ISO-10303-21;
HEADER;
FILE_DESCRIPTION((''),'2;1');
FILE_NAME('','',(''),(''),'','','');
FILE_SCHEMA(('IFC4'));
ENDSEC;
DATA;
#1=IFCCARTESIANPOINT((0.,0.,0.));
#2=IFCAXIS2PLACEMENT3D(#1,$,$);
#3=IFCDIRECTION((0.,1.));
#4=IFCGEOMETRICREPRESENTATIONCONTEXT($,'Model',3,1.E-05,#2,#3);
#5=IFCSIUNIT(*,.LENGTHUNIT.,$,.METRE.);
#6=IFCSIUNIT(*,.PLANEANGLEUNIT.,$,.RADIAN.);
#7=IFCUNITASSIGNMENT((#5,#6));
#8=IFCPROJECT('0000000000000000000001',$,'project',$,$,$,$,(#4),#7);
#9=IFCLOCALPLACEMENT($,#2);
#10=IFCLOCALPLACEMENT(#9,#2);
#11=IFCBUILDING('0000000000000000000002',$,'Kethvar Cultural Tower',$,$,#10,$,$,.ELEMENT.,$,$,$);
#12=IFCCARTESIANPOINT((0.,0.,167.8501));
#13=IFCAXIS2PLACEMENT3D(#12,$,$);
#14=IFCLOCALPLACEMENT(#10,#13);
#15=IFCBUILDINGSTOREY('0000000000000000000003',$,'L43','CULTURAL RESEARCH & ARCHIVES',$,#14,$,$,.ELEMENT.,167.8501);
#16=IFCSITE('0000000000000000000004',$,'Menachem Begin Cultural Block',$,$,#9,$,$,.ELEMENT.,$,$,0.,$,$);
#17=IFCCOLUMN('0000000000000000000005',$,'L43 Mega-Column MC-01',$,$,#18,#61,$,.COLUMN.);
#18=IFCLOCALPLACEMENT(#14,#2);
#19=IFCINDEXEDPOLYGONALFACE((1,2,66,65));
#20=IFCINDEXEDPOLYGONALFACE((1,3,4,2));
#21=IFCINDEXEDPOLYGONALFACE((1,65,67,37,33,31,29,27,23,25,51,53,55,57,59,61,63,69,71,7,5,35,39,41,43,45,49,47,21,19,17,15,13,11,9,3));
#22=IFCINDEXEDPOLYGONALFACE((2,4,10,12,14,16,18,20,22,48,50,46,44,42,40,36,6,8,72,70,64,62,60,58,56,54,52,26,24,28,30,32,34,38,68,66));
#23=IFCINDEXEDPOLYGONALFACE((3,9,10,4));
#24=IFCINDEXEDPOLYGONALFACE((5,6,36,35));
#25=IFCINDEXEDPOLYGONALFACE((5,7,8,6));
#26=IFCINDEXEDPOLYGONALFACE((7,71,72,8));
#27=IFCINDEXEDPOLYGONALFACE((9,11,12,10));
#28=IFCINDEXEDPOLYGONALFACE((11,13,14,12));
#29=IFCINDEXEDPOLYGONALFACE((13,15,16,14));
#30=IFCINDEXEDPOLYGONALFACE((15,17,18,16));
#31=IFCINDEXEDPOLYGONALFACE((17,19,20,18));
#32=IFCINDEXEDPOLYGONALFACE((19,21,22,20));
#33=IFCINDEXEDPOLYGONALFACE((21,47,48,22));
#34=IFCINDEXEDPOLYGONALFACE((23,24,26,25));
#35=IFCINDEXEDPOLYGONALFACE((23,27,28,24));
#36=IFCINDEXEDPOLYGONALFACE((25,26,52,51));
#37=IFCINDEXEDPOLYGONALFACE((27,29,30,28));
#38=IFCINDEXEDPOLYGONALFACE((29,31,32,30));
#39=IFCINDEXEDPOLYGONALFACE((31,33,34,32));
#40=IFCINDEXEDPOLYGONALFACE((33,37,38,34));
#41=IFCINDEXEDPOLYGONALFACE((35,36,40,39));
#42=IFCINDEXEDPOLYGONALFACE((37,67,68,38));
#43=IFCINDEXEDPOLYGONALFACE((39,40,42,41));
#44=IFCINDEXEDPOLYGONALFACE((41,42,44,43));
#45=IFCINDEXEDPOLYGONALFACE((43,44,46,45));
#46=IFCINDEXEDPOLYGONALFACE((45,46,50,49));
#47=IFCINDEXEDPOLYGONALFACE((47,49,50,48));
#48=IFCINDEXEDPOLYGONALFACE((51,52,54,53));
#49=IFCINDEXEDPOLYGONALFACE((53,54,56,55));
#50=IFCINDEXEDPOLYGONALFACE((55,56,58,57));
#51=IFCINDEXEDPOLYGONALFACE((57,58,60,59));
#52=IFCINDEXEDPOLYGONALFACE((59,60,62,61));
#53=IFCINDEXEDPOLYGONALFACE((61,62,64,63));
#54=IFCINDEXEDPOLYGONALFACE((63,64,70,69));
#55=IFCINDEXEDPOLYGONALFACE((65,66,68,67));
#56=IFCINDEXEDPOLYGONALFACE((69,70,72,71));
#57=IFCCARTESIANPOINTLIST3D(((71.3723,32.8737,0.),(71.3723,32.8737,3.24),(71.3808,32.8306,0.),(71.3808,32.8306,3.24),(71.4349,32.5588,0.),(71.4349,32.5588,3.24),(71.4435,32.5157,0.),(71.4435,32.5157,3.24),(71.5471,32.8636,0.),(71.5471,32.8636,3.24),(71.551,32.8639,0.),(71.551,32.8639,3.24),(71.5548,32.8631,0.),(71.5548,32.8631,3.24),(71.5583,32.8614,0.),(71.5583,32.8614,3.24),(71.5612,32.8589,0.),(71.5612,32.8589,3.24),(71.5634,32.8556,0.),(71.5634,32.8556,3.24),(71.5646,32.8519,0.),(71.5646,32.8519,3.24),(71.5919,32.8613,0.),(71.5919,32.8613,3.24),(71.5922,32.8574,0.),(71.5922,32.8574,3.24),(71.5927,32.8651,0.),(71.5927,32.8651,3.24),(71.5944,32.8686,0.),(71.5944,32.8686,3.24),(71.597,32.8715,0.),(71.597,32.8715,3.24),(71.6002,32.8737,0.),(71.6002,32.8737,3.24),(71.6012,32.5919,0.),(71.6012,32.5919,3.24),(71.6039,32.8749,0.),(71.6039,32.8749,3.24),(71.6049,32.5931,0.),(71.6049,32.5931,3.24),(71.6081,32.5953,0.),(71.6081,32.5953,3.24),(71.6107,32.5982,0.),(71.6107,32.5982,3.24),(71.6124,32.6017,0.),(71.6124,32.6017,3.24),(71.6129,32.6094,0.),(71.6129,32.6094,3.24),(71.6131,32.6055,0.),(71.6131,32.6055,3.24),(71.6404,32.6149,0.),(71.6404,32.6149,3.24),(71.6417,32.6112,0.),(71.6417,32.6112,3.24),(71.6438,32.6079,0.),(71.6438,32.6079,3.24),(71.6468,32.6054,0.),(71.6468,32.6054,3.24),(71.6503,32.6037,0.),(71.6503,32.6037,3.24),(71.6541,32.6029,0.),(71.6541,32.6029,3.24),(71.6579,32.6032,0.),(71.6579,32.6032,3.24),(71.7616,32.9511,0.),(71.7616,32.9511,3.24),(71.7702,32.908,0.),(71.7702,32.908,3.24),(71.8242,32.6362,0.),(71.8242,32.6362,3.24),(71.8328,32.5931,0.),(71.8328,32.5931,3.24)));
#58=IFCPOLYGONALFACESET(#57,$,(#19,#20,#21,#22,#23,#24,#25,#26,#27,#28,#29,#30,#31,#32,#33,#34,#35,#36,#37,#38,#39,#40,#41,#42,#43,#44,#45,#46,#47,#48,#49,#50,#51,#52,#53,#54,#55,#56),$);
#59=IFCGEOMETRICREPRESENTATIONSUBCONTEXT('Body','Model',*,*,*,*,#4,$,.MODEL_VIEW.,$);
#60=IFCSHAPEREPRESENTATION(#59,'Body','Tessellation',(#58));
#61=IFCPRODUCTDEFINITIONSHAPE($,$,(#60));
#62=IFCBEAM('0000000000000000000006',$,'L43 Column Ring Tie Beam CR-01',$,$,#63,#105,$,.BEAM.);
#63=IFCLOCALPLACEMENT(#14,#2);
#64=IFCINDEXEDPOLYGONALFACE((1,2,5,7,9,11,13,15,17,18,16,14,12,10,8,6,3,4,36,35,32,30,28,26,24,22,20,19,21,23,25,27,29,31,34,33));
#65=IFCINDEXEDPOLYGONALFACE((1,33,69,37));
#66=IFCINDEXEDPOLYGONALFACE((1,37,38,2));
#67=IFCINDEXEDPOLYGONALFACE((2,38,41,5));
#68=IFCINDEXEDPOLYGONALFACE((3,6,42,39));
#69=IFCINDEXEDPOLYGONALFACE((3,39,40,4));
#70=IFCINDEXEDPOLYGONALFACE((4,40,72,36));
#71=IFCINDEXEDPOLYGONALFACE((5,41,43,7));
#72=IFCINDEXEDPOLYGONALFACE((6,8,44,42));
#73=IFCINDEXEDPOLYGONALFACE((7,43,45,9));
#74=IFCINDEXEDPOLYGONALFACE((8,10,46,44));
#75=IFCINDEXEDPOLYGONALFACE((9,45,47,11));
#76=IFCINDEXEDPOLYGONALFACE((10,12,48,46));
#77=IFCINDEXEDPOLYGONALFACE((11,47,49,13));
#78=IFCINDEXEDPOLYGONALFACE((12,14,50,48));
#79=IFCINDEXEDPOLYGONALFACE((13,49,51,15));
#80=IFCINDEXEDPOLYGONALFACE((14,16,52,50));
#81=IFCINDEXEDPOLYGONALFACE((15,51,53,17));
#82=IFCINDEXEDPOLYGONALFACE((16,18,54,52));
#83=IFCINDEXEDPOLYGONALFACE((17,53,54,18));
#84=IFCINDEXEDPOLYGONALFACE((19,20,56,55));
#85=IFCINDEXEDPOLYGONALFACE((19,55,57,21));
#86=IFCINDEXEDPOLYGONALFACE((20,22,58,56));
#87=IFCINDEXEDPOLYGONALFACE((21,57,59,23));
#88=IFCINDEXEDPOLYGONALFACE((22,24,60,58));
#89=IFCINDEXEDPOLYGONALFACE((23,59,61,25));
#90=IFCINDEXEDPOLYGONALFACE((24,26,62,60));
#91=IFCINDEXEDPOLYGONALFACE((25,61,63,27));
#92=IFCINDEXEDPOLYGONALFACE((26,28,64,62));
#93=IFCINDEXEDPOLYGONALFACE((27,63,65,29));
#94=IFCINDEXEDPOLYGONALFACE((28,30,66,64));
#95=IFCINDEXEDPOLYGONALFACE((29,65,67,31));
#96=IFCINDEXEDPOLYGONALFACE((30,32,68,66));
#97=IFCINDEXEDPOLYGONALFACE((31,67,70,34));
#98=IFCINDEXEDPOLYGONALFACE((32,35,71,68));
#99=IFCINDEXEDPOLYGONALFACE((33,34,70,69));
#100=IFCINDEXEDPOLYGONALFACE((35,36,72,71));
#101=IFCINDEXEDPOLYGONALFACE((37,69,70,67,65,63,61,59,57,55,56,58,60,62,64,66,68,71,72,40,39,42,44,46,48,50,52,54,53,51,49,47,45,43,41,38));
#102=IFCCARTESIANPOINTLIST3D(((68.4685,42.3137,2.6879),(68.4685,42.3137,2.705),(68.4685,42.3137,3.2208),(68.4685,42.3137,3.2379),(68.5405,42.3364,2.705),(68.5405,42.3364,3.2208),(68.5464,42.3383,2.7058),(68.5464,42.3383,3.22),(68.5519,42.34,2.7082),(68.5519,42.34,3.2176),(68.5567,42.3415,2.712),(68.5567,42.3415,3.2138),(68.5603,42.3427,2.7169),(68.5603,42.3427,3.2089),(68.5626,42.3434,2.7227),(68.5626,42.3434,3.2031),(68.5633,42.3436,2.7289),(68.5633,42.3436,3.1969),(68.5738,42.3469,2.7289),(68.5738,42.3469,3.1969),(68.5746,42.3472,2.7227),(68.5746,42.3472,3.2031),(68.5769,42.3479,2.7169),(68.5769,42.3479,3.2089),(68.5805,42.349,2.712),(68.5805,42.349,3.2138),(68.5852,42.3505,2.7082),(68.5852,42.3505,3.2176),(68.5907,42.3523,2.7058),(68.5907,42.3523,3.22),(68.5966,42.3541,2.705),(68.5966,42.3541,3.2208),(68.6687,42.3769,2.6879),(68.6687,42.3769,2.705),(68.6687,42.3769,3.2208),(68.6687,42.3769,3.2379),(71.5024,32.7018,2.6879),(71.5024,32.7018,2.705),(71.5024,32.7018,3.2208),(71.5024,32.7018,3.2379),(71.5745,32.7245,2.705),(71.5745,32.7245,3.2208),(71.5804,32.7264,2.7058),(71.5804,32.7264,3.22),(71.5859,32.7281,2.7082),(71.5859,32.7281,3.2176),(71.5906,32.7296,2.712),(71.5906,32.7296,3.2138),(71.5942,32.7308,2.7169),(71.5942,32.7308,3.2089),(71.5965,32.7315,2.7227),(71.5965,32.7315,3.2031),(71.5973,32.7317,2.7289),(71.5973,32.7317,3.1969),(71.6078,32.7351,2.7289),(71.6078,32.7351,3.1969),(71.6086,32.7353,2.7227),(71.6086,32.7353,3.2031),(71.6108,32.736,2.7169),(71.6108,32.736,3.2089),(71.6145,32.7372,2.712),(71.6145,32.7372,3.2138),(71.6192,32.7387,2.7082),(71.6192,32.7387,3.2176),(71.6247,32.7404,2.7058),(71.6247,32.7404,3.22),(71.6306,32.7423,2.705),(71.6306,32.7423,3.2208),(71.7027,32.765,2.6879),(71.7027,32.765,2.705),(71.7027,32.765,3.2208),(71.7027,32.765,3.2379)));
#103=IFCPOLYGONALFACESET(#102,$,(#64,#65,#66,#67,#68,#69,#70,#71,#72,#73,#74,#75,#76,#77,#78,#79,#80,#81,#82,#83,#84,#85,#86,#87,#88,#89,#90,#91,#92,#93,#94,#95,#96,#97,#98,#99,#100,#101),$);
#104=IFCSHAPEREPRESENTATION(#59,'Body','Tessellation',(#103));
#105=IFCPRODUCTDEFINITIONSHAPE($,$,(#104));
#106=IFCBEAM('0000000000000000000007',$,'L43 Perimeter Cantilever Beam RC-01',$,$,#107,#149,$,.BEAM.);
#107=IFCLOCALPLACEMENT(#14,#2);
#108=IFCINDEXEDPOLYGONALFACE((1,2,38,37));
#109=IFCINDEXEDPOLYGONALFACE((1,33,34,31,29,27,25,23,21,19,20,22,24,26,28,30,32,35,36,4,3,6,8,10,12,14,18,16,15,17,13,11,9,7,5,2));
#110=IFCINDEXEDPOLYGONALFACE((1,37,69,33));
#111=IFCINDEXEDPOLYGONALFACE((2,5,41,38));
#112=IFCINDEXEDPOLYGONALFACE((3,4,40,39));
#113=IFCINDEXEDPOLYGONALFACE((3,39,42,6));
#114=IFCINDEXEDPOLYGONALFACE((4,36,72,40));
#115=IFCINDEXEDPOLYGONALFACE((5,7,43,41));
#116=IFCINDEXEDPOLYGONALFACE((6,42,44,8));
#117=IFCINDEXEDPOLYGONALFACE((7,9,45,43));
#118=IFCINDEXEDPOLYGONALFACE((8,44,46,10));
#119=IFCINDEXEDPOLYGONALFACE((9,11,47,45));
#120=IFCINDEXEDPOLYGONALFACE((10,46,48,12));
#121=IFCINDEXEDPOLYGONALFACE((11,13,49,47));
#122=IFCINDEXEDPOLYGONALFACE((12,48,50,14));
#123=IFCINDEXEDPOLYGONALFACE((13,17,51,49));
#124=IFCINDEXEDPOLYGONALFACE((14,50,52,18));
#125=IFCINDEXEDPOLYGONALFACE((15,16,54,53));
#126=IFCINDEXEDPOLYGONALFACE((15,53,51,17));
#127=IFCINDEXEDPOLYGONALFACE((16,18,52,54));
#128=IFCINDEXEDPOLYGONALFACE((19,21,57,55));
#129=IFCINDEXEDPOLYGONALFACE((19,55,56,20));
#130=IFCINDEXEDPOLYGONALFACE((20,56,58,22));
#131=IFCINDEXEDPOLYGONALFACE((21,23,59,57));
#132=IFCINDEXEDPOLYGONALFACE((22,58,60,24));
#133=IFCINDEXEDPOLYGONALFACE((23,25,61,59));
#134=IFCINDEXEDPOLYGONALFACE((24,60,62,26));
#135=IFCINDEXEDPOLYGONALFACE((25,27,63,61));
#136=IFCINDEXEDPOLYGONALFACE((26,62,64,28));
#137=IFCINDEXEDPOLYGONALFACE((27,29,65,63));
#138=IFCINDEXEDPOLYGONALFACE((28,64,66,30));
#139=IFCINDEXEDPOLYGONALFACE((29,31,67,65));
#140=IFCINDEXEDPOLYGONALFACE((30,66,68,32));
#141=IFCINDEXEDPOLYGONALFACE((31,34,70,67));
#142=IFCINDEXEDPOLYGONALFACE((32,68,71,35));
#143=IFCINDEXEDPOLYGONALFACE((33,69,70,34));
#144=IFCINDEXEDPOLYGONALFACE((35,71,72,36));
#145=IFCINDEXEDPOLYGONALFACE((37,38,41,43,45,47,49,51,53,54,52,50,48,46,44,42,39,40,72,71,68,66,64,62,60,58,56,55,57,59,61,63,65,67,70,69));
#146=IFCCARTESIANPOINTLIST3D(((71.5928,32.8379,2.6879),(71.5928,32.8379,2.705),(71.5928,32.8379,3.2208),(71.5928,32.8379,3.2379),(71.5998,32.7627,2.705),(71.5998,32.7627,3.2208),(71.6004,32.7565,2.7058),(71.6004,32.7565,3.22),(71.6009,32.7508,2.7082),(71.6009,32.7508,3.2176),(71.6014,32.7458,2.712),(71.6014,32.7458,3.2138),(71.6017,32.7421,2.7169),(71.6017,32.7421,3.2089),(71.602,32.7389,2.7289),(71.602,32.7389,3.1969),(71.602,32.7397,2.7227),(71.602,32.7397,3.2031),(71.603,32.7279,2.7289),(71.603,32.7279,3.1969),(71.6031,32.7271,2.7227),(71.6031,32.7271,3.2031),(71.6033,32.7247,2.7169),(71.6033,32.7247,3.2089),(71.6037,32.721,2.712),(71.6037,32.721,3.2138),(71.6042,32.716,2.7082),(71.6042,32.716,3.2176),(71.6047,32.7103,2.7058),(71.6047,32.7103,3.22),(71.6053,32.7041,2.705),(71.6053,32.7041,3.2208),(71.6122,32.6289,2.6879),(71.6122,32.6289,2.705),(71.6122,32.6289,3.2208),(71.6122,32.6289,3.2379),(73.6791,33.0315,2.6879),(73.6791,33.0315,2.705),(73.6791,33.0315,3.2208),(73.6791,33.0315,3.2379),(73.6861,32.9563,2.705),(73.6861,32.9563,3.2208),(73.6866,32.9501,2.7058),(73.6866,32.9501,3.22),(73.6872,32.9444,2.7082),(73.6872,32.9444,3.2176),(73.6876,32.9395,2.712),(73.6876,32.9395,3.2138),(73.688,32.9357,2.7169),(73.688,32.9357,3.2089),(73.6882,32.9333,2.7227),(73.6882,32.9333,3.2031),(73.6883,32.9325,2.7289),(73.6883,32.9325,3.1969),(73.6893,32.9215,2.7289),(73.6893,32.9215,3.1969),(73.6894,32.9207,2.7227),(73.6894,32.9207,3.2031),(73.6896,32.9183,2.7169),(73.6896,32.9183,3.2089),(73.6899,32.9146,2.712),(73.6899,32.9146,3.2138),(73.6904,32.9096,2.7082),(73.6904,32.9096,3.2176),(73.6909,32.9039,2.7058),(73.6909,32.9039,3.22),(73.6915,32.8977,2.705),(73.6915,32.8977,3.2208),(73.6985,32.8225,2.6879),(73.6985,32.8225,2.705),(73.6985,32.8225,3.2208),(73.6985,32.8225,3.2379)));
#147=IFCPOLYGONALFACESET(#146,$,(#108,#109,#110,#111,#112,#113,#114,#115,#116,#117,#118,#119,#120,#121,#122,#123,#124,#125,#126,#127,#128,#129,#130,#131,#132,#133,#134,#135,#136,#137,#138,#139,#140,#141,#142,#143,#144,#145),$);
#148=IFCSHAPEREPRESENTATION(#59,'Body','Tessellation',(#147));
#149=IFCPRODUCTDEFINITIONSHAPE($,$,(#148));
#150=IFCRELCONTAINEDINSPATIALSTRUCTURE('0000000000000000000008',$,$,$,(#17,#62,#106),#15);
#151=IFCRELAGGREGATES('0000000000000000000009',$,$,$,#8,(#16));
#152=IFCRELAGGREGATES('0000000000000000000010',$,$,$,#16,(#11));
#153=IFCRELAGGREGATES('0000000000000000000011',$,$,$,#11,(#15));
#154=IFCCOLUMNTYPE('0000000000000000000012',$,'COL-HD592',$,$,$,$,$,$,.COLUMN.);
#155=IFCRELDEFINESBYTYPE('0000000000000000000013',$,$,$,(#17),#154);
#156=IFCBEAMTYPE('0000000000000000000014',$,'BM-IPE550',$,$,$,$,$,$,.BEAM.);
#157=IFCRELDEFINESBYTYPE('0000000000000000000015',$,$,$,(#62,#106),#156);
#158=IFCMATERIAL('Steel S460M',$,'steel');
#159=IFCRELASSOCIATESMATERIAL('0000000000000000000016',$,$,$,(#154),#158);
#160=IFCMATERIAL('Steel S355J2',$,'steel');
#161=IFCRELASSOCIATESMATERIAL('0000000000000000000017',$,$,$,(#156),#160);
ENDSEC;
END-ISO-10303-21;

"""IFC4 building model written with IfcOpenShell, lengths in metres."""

from ifc_helpers import new_model, si_unit, direction, frame, origin, origin_2d, place, context, subcontext, project, spatial, i_section, extrude, source, transform, mapped, material, material_profile, profile_set, type_object, element, save


model = new_model("IFC4")

# Units and contexts
model_context = context("Model", 3, precision=1e-05, world=origin(), true_north=direction((0.0, 1.0)))
body_context = subcontext(model_context, "Body", "Model", "MODEL_VIEW")
ifc_project = project(units=[si_unit("LENGTHUNIT", "METRE"), si_unit("PLANEANGLEUNIT", "RADIAN")], contexts=[model_context])

# Site, building, storey
site_placement = place(None, origin())
site = spatial("IfcSite", under=ifc_project, at=site_placement, Name="Menachem Begin Cultural Block", CompositionType="ELEMENT", RefElevation=0.0)
building_placement = place(site_placement, origin())
building = spatial("IfcBuilding", under=site, at=building_placement, Name="Kethvar Cultural Tower", CompositionType="ELEMENT")
storey_placement = place(building_placement, frame((0.0, 0.0, 167.8501)))
storey = spatial("IfcBuildingStorey", under=building, at=storey_placement, Name="L43", Description="CULTURAL RESEARCH & ARCHIVES", CompositionType="ELEMENT", Elevation=167.8501)

# Column
ifc_material_1 = material(Name="Steel S460M", Category="steel")
ifc_material_profile_1 = material_profile(ifc_material_1, i_section(OverallWidth=0.397, OverallDepth=0.365, WebThickness=0.0281, FlangeThickness=0.0439, FilletRadius=0.0149, at=origin_2d()), Name="Steel S460M — HD400x592")
ifc_profile_set_1 = profile_set([ifc_material_profile_1], Name="Steel S460M — HD400x592")
column_type = type_object("IfcColumnType", Name="COL-HD592", PredefinedType="COLUMN", material=ifc_profile_set_1)
shared_shape_1 = source(origin(), body_context, "Body", "SweptSolid", [
    extrude(i_section(OverallWidth=0.397, OverallDepth=0.365, WebThickness=0.0281, FlangeThickness=0.0439, FilletRadius=0.0149, at=origin_2d()), origin(), (0.0, 0.0, 1.0), 3.24),
])
column_placement = place(storey_placement, frame((71.6025, 32.7334, 0.0), z_axis=(0.0, 0.0, 1.0), x_axis=(0.980785, 0.19509, 0.0)))
element("IfcColumn", 1, at=column_placement, inside=storey, type_object=column_type, Name="L43 Mega-Column MC-01", PredefinedType="COLUMN", context=body_context, shape_type="MappedRepresentation", body=[
    mapped(shared_shape_1, transform((0.0, 0.0, 0.0), scale=1.0)),
])

# Beams
ifc_material_2 = material(Name="Steel S355J2", Category="steel")
ifc_material_profile_2 = material_profile(ifc_material_2, i_section(OverallWidth=0.21, OverallDepth=0.55, WebThickness=0.011, FlangeThickness=0.0171, FilletRadius=0.0239, at=origin_2d()), Name="Steel S355J2 — IPE550")
ifc_profile_set_2 = profile_set([ifc_material_profile_2], Name="Steel S355J2 — IPE550")
beam_type_1 = type_object("IfcBeamType", Name="BM-IPE550", PredefinedType="BEAM", material=ifc_profile_set_2)
shared_shape_2 = source(origin(), body_context, "Body", "SweptSolid", [
    extrude(i_section(OverallWidth=0.21, OverallDepth=0.55, WebThickness=0.011, FlangeThickness=0.0171, FilletRadius=0.0239, at=origin_2d()), origin(), (0.0, 0.0, 1.0), 10.0793),
])
beam_1_placement = place(storey_placement, frame((71.6025, 32.7334, 2.9629), z_axis=(-0.301007, 0.953622, 0.0), x_axis=(-0.953622, -0.301007, 0.0)))
element("IfcBeam", 2, at=beam_1_placement, inside=storey, type_object=beam_type_1, Name="L43 Column Ring Tie Beam CR-01", PredefinedType="BEAM", context=body_context, shape_type="MappedRepresentation", body=[
    mapped(shared_shape_2, transform((0.0, 0.0, 0.0), scale=1.0)),
])
shared_shape_3 = source(origin(), body_context, "Body", "SweptSolid", [
    extrude(i_section(OverallWidth=0.21, OverallDepth=0.55, WebThickness=0.011, FlangeThickness=0.0171, FilletRadius=0.0239, at=origin_2d()), origin(), (0.0, 0.0, 1.0), 2.0952),
])
beam_2_placement = place(storey_placement, frame((71.6025, 32.7334, 2.9629), z_axis=(0.995721, 0.092406, 0.0), x_axis=(-0.092406, 0.995721, 0.0)))
element("IfcBeam", 3, at=beam_2_placement, inside=storey, type_object=beam_type_1, Name="L43 Perimeter Cantilever Beam RC-01", PredefinedType="BEAM", context=body_context, shape_type="MappedRepresentation", body=[
    mapped(shared_shape_3, transform((0.0, 0.0, 0.0), scale=1.0)),
])

save(model, "model.ifc")
